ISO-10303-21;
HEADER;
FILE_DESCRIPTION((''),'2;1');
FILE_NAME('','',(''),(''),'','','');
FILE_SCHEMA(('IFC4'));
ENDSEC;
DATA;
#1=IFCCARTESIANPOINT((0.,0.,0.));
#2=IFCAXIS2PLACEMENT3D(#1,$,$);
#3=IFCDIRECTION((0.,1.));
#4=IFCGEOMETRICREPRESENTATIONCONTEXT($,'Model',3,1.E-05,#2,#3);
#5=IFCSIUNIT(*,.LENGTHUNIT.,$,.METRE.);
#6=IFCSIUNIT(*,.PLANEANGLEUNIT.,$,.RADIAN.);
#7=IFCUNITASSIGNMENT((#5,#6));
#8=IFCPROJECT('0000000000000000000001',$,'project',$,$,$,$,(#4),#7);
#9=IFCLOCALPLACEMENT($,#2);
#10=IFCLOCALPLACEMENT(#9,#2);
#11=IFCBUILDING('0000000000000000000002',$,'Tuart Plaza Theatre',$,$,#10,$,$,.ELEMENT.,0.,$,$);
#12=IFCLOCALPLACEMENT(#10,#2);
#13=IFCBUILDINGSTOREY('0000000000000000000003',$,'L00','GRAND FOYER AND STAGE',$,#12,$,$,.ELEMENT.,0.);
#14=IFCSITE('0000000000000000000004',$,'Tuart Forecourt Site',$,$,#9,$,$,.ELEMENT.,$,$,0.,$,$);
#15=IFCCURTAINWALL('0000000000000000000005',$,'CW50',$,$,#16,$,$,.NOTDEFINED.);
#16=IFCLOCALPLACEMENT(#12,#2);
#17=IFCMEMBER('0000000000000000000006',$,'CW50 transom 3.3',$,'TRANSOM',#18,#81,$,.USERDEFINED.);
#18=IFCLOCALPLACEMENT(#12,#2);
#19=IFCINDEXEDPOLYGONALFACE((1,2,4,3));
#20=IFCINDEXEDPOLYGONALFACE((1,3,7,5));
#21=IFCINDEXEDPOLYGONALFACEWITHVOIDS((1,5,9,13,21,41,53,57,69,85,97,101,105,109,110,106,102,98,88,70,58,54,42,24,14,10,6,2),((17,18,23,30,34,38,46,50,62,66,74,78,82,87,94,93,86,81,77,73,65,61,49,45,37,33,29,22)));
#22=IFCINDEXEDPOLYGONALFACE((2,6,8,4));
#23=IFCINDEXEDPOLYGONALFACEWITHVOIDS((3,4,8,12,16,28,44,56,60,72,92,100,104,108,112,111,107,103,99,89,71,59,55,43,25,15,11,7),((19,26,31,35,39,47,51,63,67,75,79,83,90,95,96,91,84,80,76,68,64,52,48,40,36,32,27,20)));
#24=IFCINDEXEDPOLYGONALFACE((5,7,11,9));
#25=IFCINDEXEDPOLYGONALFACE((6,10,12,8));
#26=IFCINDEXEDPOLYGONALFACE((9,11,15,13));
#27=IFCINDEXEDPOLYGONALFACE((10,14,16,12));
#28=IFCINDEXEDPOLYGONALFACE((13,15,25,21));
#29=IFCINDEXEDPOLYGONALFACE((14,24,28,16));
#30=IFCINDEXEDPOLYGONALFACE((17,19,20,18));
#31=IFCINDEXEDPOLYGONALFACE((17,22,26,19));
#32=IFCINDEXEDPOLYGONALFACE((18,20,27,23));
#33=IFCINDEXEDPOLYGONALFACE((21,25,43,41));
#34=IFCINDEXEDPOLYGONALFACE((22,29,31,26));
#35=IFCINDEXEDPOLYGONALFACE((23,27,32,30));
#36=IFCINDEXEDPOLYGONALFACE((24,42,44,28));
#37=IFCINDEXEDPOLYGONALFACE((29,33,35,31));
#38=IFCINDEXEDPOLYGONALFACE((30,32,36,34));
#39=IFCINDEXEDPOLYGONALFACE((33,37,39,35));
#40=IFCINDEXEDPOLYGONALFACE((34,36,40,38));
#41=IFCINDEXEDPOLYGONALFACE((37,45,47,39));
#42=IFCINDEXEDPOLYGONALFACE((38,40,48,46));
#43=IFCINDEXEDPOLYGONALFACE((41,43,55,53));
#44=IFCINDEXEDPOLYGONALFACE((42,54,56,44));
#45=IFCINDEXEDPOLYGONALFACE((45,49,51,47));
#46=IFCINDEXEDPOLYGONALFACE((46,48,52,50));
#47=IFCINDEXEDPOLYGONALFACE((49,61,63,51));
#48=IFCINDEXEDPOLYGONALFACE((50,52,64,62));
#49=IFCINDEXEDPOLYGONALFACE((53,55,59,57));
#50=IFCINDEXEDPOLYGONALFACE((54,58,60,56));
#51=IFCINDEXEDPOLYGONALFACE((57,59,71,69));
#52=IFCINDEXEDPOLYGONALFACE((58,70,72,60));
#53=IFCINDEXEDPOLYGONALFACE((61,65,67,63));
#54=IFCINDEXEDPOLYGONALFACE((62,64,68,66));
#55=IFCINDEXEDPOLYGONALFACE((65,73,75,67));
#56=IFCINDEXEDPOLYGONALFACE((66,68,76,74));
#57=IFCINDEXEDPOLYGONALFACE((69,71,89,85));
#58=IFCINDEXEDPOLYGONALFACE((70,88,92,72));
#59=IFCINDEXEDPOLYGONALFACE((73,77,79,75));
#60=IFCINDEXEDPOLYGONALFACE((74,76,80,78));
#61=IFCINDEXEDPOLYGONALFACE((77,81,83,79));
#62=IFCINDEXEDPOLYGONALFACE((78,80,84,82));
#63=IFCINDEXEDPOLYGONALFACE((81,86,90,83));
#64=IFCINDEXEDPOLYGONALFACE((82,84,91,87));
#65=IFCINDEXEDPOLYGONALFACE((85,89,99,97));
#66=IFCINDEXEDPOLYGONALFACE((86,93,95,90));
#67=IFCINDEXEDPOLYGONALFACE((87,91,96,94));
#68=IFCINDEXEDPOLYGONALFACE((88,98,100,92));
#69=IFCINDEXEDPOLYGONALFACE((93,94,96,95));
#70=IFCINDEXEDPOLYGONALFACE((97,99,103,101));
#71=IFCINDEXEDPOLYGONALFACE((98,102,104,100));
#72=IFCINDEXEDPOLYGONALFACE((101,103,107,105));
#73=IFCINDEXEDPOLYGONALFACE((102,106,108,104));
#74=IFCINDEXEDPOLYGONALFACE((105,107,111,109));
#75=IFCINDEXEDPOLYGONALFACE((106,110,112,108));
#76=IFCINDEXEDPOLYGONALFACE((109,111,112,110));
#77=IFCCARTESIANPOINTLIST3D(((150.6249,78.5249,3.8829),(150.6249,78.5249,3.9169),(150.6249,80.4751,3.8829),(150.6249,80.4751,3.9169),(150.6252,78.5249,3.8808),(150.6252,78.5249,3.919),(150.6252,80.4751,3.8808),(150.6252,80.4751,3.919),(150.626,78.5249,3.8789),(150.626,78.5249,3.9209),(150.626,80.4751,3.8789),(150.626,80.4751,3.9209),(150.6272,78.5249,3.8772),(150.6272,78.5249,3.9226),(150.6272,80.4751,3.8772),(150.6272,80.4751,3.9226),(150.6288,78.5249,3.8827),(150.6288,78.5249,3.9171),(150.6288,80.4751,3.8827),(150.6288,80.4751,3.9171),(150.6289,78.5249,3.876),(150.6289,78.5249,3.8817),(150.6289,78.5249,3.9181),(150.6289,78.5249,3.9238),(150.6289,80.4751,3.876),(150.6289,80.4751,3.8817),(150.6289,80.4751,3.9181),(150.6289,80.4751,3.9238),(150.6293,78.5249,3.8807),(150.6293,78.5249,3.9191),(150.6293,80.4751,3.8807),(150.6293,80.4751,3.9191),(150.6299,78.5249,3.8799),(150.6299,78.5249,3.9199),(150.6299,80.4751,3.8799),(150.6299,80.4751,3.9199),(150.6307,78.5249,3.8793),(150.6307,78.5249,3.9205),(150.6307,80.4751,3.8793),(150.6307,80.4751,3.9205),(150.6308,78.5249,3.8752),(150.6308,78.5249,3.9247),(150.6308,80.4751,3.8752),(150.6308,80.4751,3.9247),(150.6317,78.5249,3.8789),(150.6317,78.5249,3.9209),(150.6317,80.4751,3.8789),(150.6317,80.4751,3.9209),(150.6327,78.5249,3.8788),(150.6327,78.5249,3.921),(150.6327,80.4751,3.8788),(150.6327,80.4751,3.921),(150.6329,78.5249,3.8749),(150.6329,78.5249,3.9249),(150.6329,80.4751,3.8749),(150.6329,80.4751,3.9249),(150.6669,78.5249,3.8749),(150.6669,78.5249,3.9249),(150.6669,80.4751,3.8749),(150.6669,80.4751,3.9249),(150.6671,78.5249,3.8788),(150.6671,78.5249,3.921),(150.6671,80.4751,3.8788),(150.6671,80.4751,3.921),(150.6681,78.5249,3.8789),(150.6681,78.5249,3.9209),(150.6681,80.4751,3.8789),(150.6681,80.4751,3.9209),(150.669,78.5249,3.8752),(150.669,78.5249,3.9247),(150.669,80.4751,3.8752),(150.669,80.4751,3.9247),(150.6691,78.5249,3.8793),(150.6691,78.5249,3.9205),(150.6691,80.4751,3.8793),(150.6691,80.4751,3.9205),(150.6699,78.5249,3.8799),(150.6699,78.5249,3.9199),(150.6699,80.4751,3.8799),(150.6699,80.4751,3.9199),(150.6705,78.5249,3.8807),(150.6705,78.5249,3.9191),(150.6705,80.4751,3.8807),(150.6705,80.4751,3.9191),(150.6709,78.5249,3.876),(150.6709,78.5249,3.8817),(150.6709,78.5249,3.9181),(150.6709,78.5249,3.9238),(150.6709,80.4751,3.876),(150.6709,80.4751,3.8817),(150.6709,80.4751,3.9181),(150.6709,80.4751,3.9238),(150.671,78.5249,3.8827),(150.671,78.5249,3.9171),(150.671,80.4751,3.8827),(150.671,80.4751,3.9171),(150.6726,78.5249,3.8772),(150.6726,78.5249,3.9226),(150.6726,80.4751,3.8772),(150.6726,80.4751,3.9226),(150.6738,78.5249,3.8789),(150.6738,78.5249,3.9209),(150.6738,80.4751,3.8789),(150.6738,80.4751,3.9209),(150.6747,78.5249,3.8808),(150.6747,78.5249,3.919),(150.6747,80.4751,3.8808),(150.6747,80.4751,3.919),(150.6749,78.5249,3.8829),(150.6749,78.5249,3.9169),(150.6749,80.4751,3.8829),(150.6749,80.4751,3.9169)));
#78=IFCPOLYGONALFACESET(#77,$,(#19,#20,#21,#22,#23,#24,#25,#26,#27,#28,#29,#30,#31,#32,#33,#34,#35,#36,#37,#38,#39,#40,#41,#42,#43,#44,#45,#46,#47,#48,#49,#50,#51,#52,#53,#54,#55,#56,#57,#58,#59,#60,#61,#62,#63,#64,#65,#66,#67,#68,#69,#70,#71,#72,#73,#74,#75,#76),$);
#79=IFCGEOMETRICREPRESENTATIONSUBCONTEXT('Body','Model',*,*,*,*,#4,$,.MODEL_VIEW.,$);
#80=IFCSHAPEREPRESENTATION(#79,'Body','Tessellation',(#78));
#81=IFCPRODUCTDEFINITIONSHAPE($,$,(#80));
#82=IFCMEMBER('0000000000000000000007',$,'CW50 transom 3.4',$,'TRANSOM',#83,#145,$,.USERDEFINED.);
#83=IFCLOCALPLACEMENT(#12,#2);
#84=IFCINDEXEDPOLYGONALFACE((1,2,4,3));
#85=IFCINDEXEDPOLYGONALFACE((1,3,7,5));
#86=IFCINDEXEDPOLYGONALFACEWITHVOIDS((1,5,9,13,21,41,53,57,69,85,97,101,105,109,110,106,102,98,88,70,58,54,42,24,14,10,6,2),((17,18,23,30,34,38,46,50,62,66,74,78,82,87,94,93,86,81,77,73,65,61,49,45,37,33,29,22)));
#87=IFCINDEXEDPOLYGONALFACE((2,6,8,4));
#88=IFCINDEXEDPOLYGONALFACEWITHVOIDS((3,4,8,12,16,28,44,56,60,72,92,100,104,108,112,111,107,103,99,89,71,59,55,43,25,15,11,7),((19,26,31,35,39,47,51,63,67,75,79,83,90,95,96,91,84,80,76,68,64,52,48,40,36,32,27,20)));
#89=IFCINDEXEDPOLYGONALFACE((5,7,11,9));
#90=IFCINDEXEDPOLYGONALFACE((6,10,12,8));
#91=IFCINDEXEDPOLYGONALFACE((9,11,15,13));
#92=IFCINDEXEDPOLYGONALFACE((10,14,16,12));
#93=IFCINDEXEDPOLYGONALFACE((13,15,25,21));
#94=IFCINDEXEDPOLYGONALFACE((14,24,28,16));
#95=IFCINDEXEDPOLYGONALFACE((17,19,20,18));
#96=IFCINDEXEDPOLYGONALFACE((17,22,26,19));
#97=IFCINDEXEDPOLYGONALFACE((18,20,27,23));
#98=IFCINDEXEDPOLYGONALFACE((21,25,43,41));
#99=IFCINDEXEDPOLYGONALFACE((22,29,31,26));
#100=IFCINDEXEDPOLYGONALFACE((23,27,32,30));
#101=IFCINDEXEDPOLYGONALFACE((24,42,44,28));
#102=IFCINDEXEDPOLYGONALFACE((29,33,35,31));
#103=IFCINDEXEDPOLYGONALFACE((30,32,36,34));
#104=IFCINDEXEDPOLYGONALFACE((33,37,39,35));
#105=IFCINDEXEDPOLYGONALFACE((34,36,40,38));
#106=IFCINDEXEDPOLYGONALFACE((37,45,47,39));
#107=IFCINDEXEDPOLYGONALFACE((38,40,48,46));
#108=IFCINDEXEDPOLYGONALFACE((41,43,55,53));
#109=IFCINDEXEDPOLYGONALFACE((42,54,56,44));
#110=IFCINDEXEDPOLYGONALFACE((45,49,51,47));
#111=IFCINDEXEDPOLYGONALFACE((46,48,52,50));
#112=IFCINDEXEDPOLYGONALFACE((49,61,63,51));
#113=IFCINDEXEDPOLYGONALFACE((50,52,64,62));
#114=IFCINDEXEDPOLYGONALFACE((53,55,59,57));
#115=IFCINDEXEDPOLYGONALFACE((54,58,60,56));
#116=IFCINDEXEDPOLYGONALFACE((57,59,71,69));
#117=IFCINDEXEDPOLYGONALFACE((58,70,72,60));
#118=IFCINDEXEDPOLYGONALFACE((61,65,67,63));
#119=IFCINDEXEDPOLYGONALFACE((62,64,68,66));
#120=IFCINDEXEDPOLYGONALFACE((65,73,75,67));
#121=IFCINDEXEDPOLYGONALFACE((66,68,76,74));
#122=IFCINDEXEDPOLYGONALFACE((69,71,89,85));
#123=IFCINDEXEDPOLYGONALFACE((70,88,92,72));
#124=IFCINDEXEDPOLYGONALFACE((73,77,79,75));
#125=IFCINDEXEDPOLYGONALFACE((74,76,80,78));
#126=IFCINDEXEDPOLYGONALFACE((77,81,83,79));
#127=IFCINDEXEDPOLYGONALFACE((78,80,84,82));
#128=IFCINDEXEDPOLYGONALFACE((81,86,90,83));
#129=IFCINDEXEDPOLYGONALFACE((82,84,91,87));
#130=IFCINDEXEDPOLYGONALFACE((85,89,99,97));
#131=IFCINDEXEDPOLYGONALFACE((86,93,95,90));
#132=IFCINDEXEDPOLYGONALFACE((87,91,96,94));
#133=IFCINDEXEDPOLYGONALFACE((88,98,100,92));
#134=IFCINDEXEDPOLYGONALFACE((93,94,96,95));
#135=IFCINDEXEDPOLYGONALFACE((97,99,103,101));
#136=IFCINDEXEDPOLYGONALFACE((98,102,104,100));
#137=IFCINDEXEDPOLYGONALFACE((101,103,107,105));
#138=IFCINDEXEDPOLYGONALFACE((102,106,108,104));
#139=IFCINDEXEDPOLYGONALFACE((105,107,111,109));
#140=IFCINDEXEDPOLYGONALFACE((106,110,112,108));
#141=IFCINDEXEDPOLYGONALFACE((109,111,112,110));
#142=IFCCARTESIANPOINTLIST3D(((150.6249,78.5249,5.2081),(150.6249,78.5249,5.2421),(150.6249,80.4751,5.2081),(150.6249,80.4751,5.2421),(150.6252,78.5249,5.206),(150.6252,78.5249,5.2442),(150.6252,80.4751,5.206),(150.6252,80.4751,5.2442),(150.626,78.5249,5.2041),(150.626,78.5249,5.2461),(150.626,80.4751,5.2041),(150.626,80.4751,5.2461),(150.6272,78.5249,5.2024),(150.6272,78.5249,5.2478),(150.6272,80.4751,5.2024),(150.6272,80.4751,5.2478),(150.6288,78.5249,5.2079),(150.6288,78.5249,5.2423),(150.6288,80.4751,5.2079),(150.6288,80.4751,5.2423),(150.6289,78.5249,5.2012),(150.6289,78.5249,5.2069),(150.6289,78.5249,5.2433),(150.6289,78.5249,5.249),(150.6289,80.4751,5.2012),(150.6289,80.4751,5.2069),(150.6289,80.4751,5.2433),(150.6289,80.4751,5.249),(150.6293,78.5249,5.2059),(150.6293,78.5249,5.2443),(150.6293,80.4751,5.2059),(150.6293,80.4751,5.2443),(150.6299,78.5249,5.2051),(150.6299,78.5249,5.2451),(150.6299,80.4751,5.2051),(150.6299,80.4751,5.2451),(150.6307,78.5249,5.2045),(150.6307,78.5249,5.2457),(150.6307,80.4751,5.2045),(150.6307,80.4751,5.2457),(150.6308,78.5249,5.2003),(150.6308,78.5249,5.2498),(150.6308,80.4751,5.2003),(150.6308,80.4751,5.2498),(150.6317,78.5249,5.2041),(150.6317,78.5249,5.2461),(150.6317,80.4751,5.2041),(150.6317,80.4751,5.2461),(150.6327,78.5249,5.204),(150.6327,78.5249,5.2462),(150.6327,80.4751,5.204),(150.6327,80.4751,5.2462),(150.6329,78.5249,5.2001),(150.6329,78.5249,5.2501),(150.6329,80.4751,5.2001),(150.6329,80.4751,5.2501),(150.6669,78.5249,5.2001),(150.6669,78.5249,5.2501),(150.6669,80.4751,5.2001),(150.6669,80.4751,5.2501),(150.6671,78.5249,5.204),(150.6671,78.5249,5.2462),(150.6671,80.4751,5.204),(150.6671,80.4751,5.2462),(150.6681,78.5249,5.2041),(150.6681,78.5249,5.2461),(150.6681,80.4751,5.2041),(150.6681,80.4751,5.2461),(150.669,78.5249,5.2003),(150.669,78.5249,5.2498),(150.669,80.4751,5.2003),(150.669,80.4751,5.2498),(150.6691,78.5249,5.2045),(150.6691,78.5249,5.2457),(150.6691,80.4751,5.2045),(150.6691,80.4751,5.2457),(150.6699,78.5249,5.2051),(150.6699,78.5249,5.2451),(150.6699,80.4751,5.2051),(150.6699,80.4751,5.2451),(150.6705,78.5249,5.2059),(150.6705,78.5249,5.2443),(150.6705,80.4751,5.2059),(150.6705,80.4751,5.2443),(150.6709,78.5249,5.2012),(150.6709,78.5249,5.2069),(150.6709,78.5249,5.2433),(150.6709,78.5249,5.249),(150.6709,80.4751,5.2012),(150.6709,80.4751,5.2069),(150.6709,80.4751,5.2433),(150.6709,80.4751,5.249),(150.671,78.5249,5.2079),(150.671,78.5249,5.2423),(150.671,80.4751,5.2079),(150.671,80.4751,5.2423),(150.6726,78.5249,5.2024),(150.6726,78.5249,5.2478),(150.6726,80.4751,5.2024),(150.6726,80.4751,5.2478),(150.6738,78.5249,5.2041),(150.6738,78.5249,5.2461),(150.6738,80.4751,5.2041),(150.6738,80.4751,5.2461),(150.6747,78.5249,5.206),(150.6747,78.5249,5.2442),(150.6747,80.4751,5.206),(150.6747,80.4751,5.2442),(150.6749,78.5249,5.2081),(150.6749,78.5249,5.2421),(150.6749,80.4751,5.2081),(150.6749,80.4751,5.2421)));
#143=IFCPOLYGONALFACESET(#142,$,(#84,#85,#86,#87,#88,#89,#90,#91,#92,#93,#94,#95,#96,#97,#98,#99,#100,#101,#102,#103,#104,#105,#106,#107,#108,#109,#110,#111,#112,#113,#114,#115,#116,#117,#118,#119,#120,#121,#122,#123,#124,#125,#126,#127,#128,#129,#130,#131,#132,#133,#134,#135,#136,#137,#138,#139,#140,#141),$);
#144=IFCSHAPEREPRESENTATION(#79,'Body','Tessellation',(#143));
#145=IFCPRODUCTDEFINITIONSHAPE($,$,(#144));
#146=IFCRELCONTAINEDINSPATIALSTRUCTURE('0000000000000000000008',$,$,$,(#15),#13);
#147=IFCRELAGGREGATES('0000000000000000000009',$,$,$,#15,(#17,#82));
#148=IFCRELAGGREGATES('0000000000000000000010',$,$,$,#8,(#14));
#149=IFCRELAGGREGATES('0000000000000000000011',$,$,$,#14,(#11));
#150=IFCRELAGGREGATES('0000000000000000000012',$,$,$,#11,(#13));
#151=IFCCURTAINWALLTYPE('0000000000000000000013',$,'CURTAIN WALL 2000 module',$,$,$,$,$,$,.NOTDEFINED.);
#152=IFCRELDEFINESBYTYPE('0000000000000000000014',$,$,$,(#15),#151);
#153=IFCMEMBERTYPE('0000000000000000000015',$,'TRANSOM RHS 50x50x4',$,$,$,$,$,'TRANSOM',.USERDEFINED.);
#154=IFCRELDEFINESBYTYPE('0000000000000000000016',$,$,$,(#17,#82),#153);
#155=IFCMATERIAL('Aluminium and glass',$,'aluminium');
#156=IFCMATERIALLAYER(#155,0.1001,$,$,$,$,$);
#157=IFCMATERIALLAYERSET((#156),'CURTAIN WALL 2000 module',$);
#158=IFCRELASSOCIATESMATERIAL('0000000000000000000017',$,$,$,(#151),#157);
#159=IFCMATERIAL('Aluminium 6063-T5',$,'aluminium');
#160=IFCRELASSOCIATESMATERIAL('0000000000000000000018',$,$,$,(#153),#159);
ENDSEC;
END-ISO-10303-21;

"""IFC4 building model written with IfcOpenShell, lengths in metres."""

from ifc_helpers import new_model, si_unit, direction, frame, origin, origin_2d, place, context, subcontext, project, spatial, hollow_rectangle, extrude, material, layer, layer_set, material_profile, profile_set, type_object, element, aggregate, save


model = new_model("IFC4")

# Units and contexts
model_context = context("Model", 3, precision=1e-05, world=origin(), true_north=direction((0.0, 1.0)))
body_context = subcontext(model_context, "Body", "Model", "MODEL_VIEW")
ifc_project = project(units=[si_unit("LENGTHUNIT", "METRE"), si_unit("PLANEANGLEUNIT", "RADIAN")], contexts=[model_context])

# Site, building, storey
site_placement = place(None, origin())
site = spatial("IfcSite", under=ifc_project, at=site_placement, Name="Tuart Forecourt Site", CompositionType="ELEMENT", RefElevation=0.0)
building_placement = place(site_placement, origin())
building = spatial("IfcBuilding", under=site, at=building_placement, Name="Tuart Plaza Theatre", CompositionType="ELEMENT", ElevationOfRefHeight=0.0)
storey_placement = place(building_placement, origin())
storey = spatial("IfcBuildingStorey", under=building, at=storey_placement, Name="L00", Description="GRAND FOYER AND STAGE", CompositionType="ELEMENT", Elevation=0.0)

# Curtain wall, members
ifc_material_1 = material(Name="Aluminium and glass", Category="aluminium")
ifc_layer_1 = layer(ifc_material_1, 0.1001)
ifc_layer_set_1 = layer_set([ifc_layer_1], Name="CURTAIN WALL 2000 module")
curtain_wall_type = type_object("IfcCurtainWallType", Name="CURTAIN WALL 2000 module", PredefinedType="NOTDEFINED", material=ifc_layer_set_1)
curtain_wall_placement = place(storey_placement, origin())
curtain_wall = element("IfcCurtainWall", 1, at=curtain_wall_placement, inside=storey, type_object=curtain_wall_type, Name="CW50", PredefinedType="NOTDEFINED")
ifc_material_2 = material(Name="Aluminium 6063-T5", Category="aluminium")
ifc_material_profile_1 = material_profile(ifc_material_2, hollow_rectangle(XDim=0.05, YDim=0.05, WallThickness=0.0039, InnerFilletRadius=0.0039, OuterFilletRadius=0.0081, at=origin_2d()), Name="RHS 50x50x4")
ifc_profile_set_1 = profile_set([ifc_material_profile_1], Name="Aluminium 6063-T5")
member_type_1 = type_object("IfcMemberType", Name="TRANSOM RHS 50x50x4", ElementType="TRANSOM", PredefinedType="USERDEFINED", material=ifc_profile_set_1)
member_1_placement = place(storey_placement, frame((150.6499, 78.5249, 3.8999), z_axis=(0.0, 1.0, 0.0), x_axis=(-1.0, 0.0, 0.0)))
member_1 = element("IfcMember", 2, at=member_1_placement, type_object=member_type_1, Name="CW50 transom 3.3", ObjectType="TRANSOM", PredefinedType="USERDEFINED", context=body_context, shape_type="SweptSolid", body=[
    extrude(hollow_rectangle(XDim=0.05, YDim=0.05, WallThickness=0.0039, InnerFilletRadius=0.0039, OuterFilletRadius=0.0081, at=origin_2d()), origin(), (0.0, 0.0, 1.0), 1.9502),
])
member_2_placement = place(storey_placement, frame((150.6499, 78.5249, 5.2251), z_axis=(0.0, 1.0, 0.0), x_axis=(-1.0, 0.0, 0.0)))
member_2 = element("IfcMember", 3, at=member_2_placement, type_object=member_type_1, Name="CW50 transom 3.4", ObjectType="TRANSOM", PredefinedType="USERDEFINED", context=body_context, shape_type="SweptSolid", body=[
    extrude(hollow_rectangle(XDim=0.05, YDim=0.05, WallThickness=0.0039, InnerFilletRadius=0.0039, OuterFilletRadius=0.0081, at=origin_2d()), origin(), (0.0, 0.0, 1.0), 1.9502),
])
aggregate(curtain_wall, [member_1, member_2])

save(model, "model.ifc")
